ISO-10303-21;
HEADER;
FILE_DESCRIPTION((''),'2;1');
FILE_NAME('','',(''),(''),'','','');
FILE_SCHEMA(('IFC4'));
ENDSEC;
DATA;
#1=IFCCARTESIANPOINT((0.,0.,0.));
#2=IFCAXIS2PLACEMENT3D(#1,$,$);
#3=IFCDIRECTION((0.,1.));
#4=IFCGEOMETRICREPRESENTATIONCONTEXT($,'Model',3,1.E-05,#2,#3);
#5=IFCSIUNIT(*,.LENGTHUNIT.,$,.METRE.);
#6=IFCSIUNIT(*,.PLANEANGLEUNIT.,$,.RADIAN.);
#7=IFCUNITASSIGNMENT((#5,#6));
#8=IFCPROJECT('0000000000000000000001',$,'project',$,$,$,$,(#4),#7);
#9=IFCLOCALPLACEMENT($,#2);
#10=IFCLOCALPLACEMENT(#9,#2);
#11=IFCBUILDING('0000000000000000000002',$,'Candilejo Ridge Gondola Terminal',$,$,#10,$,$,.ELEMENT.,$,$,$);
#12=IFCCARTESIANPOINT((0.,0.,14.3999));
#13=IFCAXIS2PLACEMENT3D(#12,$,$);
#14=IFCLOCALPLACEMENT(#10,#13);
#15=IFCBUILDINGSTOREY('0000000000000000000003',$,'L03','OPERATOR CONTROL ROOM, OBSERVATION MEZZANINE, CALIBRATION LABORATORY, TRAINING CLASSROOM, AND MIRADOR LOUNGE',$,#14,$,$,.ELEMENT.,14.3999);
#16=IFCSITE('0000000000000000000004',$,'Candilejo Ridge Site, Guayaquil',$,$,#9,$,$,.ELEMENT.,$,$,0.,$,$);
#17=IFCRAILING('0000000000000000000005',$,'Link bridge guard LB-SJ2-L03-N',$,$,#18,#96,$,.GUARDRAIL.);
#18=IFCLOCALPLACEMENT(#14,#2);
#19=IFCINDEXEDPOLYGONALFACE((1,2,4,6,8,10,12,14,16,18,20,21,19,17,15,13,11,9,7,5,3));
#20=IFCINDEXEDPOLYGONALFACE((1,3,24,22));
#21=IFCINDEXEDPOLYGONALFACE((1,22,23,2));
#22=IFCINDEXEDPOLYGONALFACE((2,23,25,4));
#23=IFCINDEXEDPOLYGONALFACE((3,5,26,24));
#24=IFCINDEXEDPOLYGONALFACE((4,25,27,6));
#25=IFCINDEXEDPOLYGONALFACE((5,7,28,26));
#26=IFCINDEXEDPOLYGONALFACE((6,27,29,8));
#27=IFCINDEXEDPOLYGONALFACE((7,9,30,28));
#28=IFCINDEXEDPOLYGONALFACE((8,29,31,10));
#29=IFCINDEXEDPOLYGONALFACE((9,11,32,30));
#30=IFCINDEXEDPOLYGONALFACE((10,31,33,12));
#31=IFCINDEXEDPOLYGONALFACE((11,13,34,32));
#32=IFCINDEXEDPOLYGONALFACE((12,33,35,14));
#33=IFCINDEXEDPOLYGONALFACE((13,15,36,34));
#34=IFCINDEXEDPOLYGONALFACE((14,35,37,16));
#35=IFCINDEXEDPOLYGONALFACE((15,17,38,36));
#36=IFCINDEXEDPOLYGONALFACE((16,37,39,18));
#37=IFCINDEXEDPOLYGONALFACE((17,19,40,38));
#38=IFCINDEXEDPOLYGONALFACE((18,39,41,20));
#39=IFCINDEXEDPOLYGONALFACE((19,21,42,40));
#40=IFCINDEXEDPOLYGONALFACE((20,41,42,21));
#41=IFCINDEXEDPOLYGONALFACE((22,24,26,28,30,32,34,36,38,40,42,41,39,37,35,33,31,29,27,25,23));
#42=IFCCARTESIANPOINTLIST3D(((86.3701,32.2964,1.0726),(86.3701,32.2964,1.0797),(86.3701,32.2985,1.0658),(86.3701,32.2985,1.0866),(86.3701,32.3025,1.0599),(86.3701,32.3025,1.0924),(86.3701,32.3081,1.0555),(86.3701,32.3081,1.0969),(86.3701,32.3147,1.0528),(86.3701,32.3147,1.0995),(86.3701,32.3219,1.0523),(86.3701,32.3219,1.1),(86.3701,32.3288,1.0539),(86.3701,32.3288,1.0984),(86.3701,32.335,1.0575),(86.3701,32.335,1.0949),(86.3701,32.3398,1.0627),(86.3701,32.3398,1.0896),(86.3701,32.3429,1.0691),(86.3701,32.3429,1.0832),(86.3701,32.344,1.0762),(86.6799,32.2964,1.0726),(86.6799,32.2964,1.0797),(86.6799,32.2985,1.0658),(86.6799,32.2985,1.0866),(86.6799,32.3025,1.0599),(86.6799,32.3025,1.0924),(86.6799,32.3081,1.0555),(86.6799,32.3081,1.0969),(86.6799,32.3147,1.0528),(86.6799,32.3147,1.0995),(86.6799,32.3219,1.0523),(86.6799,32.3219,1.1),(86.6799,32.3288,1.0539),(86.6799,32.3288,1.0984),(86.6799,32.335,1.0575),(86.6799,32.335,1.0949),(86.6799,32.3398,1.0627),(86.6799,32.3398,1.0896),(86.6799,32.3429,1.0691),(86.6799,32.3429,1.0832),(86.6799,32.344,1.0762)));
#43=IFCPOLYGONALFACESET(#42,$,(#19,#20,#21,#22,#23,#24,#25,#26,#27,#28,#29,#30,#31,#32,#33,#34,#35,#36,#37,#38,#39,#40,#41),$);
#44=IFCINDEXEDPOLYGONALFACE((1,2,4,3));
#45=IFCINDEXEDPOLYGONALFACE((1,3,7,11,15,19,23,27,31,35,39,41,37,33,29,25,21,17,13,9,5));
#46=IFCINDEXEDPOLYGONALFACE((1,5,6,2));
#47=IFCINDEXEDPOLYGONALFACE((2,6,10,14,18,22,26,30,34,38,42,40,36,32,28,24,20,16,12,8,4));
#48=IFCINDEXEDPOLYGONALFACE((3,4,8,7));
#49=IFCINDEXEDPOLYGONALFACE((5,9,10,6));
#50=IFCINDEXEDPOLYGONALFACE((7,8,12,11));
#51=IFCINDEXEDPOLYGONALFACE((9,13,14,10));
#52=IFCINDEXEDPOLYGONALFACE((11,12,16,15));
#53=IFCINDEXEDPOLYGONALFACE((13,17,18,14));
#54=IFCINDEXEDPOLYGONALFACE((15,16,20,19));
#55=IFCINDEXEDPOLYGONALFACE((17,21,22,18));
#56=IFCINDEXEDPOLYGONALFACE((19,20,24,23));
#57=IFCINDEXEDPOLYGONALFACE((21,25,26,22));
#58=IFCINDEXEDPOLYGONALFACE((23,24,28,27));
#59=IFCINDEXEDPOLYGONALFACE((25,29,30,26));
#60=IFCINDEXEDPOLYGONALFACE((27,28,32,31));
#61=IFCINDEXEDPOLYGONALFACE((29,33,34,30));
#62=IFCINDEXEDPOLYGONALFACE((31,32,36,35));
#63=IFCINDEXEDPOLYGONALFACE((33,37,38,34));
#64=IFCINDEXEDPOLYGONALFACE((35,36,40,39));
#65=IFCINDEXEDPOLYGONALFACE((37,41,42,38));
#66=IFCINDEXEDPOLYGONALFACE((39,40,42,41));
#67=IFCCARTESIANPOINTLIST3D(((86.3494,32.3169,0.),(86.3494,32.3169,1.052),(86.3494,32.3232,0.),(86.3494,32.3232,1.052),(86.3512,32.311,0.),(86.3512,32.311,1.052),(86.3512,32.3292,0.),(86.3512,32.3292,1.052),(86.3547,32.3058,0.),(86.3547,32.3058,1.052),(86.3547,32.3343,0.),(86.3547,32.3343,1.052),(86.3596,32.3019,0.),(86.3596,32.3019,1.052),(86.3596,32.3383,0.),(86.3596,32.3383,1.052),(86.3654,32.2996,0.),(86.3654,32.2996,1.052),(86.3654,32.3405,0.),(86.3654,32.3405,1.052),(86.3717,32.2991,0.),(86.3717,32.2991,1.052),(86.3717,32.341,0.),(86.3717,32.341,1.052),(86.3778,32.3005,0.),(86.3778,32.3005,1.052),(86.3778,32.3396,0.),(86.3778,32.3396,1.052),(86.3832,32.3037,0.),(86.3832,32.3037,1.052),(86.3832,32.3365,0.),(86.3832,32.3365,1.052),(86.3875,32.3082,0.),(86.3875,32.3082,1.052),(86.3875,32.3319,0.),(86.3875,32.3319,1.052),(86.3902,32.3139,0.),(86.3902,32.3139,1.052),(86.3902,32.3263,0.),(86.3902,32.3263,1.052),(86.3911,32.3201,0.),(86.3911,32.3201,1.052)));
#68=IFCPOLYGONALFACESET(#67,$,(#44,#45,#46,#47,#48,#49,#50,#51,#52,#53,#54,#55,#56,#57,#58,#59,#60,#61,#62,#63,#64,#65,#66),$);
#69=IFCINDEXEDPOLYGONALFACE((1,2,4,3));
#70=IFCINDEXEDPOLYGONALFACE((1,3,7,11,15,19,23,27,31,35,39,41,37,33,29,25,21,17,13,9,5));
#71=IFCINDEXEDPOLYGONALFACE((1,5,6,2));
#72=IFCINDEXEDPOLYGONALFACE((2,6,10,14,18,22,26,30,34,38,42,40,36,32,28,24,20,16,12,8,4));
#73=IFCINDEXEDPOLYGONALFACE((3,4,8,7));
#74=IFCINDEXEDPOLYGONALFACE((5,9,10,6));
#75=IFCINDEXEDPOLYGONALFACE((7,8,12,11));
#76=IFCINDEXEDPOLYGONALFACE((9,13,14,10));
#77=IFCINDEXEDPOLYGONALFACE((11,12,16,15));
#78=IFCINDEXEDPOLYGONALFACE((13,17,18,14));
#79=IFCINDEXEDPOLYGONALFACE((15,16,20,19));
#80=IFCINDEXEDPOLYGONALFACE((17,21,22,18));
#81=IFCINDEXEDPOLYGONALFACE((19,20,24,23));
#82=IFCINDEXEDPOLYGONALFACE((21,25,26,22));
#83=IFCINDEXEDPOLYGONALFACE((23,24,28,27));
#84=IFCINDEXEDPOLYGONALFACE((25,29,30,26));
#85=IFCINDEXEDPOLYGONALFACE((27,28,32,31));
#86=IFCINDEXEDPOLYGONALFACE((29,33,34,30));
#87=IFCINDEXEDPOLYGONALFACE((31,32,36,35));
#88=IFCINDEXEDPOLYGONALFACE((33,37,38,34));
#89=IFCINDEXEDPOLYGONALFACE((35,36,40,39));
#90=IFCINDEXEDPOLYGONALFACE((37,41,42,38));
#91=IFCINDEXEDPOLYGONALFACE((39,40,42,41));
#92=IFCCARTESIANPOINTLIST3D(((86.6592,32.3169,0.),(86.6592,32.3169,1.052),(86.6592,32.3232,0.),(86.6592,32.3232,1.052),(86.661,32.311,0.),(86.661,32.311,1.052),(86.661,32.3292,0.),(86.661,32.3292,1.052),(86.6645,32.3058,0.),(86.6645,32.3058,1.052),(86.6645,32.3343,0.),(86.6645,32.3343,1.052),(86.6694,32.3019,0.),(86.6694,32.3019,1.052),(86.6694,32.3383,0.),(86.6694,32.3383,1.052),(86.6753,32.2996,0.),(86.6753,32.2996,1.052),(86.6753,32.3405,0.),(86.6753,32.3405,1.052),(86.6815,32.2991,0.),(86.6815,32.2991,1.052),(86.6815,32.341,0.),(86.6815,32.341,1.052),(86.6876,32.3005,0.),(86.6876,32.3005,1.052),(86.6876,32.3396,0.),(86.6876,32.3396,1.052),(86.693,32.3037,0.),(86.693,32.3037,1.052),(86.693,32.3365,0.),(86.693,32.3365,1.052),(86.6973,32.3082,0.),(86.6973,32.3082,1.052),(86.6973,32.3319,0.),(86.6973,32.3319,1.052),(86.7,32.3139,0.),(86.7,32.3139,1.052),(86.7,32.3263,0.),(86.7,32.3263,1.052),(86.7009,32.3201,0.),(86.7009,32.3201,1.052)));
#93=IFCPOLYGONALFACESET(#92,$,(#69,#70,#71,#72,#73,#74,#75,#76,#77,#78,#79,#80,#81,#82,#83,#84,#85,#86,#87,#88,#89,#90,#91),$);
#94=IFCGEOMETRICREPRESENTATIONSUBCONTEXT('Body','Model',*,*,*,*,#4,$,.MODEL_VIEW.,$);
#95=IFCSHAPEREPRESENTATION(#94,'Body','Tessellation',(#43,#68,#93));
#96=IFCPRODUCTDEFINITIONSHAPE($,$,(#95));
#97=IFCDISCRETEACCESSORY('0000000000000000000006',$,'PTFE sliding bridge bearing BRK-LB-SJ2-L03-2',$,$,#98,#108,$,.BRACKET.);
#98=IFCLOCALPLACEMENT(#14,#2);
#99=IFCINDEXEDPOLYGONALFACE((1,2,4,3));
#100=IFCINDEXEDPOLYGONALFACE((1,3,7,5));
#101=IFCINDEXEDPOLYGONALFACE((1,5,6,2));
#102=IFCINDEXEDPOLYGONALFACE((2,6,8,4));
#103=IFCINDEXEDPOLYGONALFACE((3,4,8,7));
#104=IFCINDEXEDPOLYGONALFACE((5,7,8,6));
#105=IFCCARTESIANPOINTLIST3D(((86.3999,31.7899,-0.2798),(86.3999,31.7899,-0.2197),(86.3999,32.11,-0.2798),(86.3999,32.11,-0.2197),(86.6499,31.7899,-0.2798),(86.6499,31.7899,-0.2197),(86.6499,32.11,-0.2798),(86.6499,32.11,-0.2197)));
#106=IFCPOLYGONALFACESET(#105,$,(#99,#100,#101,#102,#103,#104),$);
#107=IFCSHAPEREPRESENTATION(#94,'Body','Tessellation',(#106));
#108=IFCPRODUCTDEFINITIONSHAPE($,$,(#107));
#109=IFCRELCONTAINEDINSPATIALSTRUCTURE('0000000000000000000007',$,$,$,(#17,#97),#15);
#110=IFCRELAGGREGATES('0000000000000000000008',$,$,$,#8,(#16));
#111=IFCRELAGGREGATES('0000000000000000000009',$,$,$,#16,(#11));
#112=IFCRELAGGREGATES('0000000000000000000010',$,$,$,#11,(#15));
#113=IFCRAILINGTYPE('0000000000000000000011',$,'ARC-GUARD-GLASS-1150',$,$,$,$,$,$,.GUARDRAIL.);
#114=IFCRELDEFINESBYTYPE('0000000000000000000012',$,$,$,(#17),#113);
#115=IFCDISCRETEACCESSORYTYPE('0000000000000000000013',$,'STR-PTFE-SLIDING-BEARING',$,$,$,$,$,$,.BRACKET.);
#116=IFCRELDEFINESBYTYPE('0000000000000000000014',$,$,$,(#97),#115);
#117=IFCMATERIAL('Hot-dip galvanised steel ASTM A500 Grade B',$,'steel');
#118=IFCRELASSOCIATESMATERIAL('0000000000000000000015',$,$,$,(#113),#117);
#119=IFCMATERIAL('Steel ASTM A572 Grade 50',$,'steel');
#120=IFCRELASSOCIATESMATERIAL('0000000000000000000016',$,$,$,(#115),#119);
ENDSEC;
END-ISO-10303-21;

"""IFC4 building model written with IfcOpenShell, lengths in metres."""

from ifc_helpers import new_model, si_unit, direction, frame, origin, origin_2d, place, context, subcontext, project, spatial, rectangle, circle, extrude, material, type_object, element, save


model = new_model("IFC4")

# Units and contexts
model_context = context("Model", 3, precision=1e-05, world=origin(), true_north=direction((0.0, 1.0)))
body_context = subcontext(model_context, "Body", "Model", "MODEL_VIEW")
ifc_project = project(units=[si_unit("LENGTHUNIT", "METRE"), si_unit("PLANEANGLEUNIT", "RADIAN")], contexts=[model_context])

# Site, building, storey
site_placement = place(None, origin())
site = spatial("IfcSite", under=ifc_project, at=site_placement, Name="Candilejo Ridge Site, Guayaquil", CompositionType="ELEMENT", RefElevation=0.0)
building_placement = place(site_placement, origin())
building = spatial("IfcBuilding", under=site, at=building_placement, Name="Candilejo Ridge Gondola Terminal", CompositionType="ELEMENT")
storey_placement = place(building_placement, frame((0.0, 0.0, 14.3999)))
storey = spatial("IfcBuildingStorey", under=building, at=storey_placement, Name="L03", Description="OPERATOR CONTROL ROOM, OBSERVATION MEZZANINE, CALIBRATION LABORATORY, TRAINING CLASSROOM, AND MIRADOR LOUNGE", CompositionType="ELEMENT", Elevation=14.3999)

# Railing
ifc_material_1 = material(Name="Hot-dip galvanised steel ASTM A500 Grade B", Category="steel")
railing_type = type_object("IfcRailingType", Name="ARC-GUARD-GLASS-1150", PredefinedType="GUARDRAIL", material=ifc_material_1)
railing_placement = place(storey_placement, frame((86.3701, 32.3201, 0.0)))
element("IfcRailing", 1, at=railing_placement, inside=storey, type_object=railing_type, Name="Link bridge guard LB-SJ2-L03-N", PredefinedType="GUARDRAIL", context=body_context, shape_type="SweptSolid", body=[
    extrude(circle(Radius=0.0239, at=origin_2d()), frame((0.0, 0.0, 1.0762), z_axis=(1.0, 0.0, 0.0), x_axis=(0.0, 1.0, 0.0)), (0.0, 0.0, 1.0), 0.3098),
    extrude(circle(Radius=0.021, at=origin_2d()), origin(), (0.0, 0.0, 1.0), 1.052),
    extrude(circle(Radius=0.021, at=origin_2d()), frame((0.3098, 0.0, 0.0)), (0.0, 0.0, 1.0), 1.052),
])

# Discrete accessory
ifc_material_2 = material(Name="Steel ASTM A572 Grade 50", Category="steel")
discrete_accessory_type = type_object("IfcDiscreteAccessoryType", Name="STR-PTFE-SLIDING-BEARING", PredefinedType="BRACKET", material=ifc_material_2)
discrete_accessory_placement = place(storey_placement, frame((86.5249, 31.95, -0.2798)))
element("IfcDiscreteAccessory", 2, at=discrete_accessory_placement, inside=storey, type_object=discrete_accessory_type, Name="PTFE sliding bridge bearing BRK-LB-SJ2-L03-2", PredefinedType="BRACKET", context=body_context, shape_type="SweptSolid", body=[
    extrude(rectangle(XDim=0.25, YDim=0.3201, at=origin_2d()), origin(), (0.0, 0.0, 1.0), 0.0601),
])

save(model, "model.ifc")
